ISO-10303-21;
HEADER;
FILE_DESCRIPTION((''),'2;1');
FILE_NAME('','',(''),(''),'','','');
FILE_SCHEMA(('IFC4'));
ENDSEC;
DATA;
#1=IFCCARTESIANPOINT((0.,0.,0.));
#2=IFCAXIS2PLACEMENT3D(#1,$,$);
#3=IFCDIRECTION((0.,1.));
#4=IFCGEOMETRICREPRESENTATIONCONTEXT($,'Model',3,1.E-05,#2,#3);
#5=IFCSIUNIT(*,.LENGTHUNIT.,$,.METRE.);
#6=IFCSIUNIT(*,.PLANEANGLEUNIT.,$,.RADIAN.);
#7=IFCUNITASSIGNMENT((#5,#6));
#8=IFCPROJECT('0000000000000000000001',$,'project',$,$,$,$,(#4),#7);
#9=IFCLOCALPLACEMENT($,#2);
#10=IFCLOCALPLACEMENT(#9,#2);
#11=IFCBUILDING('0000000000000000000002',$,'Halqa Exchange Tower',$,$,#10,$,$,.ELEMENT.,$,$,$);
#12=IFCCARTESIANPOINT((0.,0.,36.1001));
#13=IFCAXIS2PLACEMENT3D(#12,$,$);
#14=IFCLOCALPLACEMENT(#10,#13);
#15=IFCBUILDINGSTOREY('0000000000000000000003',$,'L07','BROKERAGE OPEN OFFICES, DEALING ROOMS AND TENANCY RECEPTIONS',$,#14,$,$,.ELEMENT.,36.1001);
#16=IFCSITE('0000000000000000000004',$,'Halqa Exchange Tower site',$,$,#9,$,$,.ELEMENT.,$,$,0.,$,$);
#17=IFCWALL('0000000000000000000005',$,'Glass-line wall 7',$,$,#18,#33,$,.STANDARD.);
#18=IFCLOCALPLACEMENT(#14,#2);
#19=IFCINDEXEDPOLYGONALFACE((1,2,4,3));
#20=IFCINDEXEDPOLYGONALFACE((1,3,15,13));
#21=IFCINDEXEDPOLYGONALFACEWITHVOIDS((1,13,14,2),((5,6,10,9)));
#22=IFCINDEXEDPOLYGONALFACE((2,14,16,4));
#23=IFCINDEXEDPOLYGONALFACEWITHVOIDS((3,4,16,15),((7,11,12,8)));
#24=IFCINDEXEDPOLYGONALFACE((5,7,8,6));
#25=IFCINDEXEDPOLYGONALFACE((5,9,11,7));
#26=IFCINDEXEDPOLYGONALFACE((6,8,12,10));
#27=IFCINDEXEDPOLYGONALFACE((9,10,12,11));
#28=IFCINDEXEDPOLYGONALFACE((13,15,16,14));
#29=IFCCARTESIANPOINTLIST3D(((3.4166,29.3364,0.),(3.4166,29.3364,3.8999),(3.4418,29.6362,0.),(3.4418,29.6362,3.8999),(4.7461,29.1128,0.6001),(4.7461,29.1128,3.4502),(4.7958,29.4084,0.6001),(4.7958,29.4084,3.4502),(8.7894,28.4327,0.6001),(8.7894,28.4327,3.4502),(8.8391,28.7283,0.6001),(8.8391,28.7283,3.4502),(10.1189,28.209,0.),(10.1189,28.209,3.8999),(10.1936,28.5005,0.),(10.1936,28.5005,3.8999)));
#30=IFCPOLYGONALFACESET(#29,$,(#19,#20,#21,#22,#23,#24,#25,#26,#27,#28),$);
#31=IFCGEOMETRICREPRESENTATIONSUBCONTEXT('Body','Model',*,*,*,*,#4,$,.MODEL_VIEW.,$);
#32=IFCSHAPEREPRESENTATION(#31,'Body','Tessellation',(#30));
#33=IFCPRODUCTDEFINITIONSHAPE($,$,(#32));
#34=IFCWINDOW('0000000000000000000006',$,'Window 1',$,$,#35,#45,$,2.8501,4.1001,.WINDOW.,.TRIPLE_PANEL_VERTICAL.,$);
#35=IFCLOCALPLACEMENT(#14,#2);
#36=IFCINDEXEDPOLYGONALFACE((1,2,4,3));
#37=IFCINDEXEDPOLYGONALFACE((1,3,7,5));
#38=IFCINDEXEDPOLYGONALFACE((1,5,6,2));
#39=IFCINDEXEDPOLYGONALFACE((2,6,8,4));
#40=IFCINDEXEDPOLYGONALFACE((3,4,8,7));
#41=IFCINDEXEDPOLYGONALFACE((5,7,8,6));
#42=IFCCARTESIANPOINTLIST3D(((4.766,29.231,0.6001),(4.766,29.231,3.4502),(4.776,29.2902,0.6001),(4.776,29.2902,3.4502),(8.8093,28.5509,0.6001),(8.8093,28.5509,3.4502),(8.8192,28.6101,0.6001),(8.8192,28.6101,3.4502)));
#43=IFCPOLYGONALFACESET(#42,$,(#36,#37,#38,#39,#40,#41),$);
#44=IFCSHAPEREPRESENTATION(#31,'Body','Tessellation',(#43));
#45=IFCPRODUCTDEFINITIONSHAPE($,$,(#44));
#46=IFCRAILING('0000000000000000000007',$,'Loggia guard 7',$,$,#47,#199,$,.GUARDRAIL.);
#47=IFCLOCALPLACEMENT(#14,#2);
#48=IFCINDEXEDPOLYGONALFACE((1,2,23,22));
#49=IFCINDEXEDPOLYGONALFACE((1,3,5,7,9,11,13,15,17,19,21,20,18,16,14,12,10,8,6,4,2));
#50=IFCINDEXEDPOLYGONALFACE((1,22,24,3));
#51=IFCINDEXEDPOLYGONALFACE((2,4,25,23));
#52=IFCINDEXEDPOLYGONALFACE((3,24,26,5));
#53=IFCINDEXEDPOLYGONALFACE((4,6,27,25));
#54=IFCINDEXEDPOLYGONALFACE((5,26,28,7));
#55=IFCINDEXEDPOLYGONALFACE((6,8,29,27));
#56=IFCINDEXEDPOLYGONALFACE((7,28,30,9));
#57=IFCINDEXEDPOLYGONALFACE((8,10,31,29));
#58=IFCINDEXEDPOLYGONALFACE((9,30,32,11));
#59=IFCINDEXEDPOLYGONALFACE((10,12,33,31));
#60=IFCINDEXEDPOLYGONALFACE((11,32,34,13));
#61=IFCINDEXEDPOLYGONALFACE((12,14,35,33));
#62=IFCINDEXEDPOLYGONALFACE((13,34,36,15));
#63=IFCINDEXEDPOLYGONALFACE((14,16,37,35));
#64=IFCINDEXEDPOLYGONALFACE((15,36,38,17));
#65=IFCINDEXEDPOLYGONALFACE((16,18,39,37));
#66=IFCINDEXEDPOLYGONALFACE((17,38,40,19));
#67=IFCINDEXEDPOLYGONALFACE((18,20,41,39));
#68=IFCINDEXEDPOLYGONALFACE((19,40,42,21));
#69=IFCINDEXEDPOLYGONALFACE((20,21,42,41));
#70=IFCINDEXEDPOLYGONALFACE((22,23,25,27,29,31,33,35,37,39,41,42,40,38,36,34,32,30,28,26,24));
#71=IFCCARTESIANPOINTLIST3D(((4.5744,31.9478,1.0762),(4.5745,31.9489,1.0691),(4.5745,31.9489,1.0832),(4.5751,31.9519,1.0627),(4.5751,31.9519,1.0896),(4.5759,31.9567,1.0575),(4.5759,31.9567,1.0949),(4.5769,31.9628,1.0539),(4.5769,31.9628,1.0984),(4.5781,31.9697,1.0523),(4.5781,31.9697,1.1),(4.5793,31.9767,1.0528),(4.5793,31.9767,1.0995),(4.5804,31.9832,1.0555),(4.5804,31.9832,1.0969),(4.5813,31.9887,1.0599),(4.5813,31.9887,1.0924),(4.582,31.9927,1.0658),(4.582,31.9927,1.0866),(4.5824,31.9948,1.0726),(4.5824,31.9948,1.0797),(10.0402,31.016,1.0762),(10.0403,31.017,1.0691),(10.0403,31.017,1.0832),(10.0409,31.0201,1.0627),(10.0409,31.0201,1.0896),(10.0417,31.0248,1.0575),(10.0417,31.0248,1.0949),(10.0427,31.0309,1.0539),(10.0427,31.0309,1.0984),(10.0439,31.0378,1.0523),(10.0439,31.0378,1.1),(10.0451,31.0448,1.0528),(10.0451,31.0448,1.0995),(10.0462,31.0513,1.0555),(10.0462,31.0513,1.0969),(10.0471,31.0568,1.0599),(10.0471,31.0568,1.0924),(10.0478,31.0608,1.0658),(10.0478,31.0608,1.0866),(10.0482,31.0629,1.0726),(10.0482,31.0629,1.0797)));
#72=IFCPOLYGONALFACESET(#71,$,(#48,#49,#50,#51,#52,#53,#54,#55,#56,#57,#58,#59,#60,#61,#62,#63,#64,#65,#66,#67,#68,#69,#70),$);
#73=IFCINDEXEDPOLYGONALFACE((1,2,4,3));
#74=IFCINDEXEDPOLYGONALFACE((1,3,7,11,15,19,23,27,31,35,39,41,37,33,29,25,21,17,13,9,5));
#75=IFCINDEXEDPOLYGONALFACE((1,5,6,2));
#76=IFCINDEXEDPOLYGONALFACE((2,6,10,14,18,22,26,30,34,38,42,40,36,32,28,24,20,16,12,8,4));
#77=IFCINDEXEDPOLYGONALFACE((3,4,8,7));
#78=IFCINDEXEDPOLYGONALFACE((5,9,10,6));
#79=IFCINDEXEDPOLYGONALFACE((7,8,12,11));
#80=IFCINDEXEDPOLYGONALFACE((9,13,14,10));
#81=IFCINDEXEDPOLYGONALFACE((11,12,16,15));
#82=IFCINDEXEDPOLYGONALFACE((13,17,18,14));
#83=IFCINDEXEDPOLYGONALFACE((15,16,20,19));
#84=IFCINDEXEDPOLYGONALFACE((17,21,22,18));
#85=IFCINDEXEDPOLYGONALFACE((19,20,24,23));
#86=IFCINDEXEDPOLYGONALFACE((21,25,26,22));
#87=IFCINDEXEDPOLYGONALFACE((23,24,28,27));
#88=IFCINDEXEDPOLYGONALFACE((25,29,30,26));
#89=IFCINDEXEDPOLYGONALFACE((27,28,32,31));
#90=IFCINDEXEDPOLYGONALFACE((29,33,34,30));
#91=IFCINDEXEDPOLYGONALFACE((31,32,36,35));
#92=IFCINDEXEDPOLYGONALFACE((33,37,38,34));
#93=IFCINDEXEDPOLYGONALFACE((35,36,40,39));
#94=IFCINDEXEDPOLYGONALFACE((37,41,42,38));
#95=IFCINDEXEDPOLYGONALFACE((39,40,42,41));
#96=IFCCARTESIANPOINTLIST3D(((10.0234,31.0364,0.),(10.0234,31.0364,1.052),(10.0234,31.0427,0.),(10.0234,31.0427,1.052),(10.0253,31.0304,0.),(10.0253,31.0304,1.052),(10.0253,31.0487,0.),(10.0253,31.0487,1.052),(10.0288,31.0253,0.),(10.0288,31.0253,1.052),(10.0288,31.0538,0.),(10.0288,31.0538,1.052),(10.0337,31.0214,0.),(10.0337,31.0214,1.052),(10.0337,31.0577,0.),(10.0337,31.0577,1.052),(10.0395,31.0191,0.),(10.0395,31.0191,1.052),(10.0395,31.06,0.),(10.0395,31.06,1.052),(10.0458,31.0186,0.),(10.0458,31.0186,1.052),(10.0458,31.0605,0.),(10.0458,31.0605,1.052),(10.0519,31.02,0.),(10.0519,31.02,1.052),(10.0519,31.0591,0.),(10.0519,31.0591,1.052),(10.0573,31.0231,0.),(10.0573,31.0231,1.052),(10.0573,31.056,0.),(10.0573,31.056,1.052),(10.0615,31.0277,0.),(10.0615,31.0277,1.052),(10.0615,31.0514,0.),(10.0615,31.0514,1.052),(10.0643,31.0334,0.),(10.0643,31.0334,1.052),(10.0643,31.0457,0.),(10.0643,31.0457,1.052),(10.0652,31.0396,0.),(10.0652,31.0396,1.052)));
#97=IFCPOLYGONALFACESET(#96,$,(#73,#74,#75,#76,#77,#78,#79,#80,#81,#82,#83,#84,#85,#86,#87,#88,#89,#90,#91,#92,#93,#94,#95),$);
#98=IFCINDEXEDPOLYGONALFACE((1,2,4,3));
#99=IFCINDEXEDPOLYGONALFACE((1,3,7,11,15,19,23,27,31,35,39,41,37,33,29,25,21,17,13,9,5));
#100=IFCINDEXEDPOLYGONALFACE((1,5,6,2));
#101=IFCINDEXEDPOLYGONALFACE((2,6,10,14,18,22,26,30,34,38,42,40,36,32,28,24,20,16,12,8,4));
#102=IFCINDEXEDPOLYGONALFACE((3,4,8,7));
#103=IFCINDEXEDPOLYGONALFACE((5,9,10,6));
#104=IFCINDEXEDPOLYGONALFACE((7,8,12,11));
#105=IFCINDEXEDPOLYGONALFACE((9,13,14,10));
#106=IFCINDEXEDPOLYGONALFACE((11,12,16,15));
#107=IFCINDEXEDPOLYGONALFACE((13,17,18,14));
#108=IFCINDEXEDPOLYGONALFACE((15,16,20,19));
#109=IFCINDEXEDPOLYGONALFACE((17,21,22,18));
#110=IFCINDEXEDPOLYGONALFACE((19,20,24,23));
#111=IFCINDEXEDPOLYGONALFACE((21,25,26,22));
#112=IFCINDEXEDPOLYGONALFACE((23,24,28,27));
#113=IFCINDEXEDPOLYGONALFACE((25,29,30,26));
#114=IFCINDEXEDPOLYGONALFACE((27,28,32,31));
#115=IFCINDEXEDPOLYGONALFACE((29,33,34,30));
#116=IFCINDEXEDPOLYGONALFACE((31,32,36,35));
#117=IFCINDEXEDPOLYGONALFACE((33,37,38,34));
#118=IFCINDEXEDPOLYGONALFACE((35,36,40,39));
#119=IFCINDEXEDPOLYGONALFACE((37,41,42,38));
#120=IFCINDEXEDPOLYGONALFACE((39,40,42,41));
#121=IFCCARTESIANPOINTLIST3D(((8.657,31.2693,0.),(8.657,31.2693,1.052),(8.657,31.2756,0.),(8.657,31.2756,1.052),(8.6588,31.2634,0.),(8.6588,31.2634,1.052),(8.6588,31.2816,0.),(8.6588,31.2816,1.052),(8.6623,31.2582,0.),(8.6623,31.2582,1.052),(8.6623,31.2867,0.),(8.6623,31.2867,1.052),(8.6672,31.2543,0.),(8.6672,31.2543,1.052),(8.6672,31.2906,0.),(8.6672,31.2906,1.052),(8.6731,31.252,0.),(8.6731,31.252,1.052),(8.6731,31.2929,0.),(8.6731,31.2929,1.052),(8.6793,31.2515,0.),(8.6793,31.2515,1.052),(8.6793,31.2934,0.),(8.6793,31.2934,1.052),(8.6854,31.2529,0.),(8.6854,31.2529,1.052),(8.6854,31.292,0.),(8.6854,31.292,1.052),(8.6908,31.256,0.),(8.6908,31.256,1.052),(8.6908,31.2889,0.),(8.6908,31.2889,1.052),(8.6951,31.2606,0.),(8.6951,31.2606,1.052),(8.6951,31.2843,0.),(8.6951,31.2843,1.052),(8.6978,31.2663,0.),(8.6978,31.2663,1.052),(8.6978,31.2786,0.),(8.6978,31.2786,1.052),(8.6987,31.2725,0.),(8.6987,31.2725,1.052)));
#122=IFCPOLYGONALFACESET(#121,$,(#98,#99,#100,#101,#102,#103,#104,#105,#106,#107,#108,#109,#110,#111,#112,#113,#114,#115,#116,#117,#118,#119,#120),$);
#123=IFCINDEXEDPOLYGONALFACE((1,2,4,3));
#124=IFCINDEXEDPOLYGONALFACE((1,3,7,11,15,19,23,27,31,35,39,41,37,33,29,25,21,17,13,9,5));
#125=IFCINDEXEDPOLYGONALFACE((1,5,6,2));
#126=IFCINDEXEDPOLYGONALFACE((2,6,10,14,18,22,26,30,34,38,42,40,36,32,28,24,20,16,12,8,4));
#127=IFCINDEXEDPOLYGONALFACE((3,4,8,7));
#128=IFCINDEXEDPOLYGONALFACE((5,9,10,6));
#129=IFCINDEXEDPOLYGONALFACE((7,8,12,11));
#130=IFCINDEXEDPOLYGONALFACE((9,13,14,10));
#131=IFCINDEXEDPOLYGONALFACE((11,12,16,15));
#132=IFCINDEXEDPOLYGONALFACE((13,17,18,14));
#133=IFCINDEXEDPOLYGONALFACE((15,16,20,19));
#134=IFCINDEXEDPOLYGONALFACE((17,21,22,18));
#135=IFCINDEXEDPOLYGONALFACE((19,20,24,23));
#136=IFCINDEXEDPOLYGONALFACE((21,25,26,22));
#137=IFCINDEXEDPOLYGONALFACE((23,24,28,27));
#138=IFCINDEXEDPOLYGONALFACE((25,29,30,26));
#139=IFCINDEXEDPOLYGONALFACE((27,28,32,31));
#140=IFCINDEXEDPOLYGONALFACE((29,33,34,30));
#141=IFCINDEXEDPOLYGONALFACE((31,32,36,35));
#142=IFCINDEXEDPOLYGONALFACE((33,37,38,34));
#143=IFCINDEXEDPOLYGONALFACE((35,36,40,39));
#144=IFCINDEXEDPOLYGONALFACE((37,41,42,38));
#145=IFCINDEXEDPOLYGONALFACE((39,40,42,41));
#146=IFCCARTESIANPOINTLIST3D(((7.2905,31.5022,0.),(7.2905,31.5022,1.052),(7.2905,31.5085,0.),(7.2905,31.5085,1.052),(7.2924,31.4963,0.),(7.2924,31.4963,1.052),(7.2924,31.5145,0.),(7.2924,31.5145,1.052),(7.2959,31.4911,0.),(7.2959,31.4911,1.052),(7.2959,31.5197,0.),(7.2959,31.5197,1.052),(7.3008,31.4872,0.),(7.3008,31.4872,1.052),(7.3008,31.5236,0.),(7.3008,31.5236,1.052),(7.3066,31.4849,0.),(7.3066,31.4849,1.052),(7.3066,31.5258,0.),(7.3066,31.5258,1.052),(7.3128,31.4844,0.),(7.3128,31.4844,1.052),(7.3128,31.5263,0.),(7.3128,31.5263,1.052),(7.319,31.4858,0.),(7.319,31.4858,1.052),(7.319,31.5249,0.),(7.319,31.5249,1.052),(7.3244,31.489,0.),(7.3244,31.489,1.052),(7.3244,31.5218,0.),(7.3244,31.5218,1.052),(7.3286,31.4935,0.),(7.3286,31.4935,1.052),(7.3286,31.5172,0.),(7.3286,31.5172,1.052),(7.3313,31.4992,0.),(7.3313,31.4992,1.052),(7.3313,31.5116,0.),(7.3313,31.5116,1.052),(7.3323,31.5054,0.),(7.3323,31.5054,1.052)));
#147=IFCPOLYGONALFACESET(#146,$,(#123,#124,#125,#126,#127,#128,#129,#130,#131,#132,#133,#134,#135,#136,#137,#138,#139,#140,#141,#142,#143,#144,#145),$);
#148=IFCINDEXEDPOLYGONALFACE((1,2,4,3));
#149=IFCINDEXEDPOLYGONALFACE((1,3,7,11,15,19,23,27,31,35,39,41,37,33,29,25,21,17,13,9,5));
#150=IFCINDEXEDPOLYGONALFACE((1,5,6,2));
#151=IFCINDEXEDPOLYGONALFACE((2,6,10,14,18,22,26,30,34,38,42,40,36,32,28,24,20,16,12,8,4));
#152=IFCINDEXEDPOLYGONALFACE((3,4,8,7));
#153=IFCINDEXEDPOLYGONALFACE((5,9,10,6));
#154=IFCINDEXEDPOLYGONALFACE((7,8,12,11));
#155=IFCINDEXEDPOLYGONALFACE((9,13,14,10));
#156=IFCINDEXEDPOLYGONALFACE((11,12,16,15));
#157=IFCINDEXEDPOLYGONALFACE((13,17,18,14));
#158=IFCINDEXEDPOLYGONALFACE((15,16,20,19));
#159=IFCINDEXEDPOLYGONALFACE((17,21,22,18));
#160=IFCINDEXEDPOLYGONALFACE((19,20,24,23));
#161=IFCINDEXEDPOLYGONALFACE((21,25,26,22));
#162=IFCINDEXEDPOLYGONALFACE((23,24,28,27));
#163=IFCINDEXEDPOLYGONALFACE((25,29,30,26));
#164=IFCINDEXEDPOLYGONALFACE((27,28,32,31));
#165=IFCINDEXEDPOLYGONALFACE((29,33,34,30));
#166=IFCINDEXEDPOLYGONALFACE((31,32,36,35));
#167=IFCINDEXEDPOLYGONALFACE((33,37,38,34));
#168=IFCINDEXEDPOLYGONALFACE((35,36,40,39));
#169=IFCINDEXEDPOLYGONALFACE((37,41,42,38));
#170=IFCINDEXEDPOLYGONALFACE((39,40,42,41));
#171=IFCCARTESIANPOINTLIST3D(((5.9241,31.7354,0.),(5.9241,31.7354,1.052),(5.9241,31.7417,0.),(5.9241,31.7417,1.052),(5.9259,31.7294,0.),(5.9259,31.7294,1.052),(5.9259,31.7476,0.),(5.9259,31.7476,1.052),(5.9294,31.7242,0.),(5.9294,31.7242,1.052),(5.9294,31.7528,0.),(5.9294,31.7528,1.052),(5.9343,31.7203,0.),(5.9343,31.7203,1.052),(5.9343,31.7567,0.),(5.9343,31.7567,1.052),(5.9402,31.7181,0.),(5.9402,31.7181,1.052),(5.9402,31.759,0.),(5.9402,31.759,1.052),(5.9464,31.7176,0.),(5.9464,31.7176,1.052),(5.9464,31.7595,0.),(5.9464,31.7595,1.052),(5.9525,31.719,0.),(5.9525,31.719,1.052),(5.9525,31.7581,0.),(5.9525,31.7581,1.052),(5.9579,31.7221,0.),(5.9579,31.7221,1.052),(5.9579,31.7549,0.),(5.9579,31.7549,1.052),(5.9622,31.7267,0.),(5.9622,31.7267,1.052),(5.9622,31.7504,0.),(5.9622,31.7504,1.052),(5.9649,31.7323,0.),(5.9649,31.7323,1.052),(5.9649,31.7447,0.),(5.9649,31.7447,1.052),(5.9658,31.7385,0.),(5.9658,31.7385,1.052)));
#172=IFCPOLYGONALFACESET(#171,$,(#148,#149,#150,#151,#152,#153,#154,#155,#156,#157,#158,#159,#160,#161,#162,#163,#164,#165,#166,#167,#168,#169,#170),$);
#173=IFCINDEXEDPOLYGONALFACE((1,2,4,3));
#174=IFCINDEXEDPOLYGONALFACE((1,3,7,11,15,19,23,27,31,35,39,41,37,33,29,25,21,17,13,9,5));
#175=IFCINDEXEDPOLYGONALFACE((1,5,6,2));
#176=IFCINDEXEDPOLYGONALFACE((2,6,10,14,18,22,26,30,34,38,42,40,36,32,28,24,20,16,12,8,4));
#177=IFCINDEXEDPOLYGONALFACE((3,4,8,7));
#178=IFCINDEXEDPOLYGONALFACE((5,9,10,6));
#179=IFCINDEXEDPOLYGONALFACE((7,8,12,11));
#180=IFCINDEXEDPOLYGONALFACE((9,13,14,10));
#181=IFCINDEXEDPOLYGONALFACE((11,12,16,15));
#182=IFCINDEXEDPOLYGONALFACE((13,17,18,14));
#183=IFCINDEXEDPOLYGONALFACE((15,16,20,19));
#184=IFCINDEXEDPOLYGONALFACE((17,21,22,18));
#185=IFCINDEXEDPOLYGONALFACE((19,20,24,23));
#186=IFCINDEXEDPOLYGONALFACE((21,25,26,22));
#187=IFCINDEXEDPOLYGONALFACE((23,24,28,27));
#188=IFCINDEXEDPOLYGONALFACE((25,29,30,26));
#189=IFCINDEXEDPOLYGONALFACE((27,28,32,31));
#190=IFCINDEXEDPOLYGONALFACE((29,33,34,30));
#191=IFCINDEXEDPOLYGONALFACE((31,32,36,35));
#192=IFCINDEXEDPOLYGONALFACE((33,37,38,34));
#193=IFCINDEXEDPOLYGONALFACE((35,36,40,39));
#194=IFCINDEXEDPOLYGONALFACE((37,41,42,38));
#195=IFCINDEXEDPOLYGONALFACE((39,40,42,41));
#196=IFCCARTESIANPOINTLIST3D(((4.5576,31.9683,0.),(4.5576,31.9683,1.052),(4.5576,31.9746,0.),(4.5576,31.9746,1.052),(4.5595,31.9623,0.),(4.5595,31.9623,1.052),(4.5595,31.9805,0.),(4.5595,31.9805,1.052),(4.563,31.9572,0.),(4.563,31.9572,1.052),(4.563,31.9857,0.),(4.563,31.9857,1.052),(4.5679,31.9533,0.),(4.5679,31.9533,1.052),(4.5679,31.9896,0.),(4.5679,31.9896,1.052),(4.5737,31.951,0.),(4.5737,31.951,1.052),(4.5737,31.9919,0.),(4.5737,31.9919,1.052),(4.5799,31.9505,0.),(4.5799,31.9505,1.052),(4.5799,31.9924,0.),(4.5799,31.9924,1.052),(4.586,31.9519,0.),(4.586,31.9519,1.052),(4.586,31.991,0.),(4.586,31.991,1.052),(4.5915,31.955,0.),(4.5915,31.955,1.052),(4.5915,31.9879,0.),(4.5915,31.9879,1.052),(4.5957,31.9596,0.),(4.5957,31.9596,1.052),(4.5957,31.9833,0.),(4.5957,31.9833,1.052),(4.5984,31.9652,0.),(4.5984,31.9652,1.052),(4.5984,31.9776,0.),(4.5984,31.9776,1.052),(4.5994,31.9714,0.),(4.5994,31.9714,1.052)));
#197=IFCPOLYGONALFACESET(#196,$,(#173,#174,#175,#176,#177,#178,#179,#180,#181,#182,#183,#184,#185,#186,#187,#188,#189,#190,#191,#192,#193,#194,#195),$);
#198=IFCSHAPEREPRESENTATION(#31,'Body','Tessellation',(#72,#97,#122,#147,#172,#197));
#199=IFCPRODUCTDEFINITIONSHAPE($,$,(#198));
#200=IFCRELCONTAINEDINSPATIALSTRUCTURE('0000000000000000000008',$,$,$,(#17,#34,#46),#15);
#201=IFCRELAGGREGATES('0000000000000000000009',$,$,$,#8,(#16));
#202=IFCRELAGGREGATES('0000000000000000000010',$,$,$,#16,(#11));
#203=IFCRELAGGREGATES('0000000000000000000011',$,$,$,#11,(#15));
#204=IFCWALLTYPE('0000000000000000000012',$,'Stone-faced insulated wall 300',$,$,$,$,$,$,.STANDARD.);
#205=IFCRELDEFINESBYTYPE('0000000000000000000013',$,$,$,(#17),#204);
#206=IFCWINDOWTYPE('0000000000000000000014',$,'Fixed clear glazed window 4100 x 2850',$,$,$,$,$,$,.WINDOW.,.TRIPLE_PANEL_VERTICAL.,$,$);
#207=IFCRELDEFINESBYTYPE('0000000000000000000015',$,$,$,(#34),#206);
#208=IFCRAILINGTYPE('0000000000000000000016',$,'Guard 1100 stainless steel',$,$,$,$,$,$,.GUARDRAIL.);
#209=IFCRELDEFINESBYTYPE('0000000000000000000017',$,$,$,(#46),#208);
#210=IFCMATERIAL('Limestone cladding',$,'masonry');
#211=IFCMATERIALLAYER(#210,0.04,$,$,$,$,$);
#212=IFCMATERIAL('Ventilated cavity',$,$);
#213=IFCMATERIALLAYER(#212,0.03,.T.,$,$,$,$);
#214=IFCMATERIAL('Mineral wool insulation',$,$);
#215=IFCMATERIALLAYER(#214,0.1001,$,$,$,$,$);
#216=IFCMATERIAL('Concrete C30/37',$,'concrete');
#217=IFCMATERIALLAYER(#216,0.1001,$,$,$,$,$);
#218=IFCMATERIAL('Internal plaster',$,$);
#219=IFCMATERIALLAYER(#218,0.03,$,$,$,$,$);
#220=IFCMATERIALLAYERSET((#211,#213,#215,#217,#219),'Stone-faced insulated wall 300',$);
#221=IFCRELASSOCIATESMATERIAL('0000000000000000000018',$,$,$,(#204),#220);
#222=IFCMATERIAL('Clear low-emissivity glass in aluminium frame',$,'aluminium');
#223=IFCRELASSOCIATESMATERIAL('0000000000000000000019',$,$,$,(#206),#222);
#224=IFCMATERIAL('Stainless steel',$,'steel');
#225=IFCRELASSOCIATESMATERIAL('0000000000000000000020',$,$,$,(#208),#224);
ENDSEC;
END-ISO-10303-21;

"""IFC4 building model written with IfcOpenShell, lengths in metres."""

from ifc_helpers import new_model, si_unit, direction, frame, frame_2d, origin, origin_2d, place, context, subcontext, project, spatial, polyline, rectangle, circle, outline, extrude, material, layer, layer_set, type_object, element, fill, save


model = new_model("IFC4")

# Units and contexts
model_context = context("Model", 3, precision=1e-05, world=origin(), true_north=direction((0.0, 1.0)))
body_context = subcontext(model_context, "Body", "Model", "MODEL_VIEW")
ifc_project = project(units=[si_unit("LENGTHUNIT", "METRE"), si_unit("PLANEANGLEUNIT", "RADIAN")], contexts=[model_context])

# Site, building, storey
site_placement = place(None, origin())
site = spatial("IfcSite", under=ifc_project, at=site_placement, Name="Halqa Exchange Tower site", CompositionType="ELEMENT", RefElevation=0.0)
building_placement = place(site_placement, origin())
building = spatial("IfcBuilding", under=site, at=building_placement, Name="Halqa Exchange Tower", CompositionType="ELEMENT")
storey_placement = place(building_placement, frame((0.0, 0.0, 36.1001)))
storey = spatial("IfcBuildingStorey", under=building, at=storey_placement, Name="L07", Description="BROKERAGE OPEN OFFICES, DEALING ROOMS AND TENANCY RECEPTIONS", CompositionType="ELEMENT", Elevation=36.1001)

# Shared definitions
ifc_material_1 = material(Name="Concrete C30/37", Category="concrete")

# Wall, opening, window
ifc_material_2 = material(Name="Limestone cladding", Category="masonry")
ifc_layer_1 = layer(ifc_material_2, 0.04)
ifc_material_3 = material(Name="Ventilated cavity")
ifc_layer_2 = layer(ifc_material_3, 0.03, ventilated=True)
ifc_material_4 = material(Name="Mineral wool insulation")
ifc_layer_3 = layer(ifc_material_4, 0.1001)
ifc_layer_4 = layer(ifc_material_1, 0.1001)
ifc_material_5 = material(Name="Internal plaster")
ifc_layer_5 = layer(ifc_material_5, 0.03)
ifc_layer_set_1 = layer_set([ifc_layer_1, ifc_layer_2, ifc_layer_3, ifc_layer_4, ifc_layer_5], Name="Stone-faced insulated wall 300")
wall_type_1 = type_object("IfcWallType", Name="Stone-faced insulated wall 300", PredefinedType="STANDARD", material=ifc_layer_set_1)
wall_1_placement = place(storey_placement, frame((10.1562, 28.3547, 0.0), z_axis=(0.0, 0.0, 1.0), x_axis=(-0.986145, 0.165885, 0.0)))
wall_1 = element("IfcWall", 1, at=wall_1_placement, inside=storey, type_object=wall_type_1, Name="Glass-line wall 7", PredefinedType="STANDARD", context=body_context, shape_type="SweptSolid", body=[
    extrude(outline(polyline([(-0.0127, -0.1499), (6.834, -0.1499), (6.8091, 0.1499), (0.0127, 0.1499), (-0.0127, -0.1499)])), origin(), (0.0, 0.0, 1.0), 3.8999),
])
opening_1_placement = place(wall_1_placement, frame((1.3608, 0.0, 0.6001)))
opening_1 = element("IfcOpeningElement", 2, at=opening_1_placement, cuts=wall_1, PredefinedType="OPENING", context=body_context, shape_type="SweptSolid", body=[
    extrude(rectangle(XDim=4.1001, YDim=2.8501, at=frame_2d((2.05, 1.425))), frame((0.0, 0.1621, 0.0), z_axis=(0.0, -1.0, 0.0), x_axis=(1.0, 0.0, 0.0)), (0.0, 0.0, 1.0), 0.324),
])
ifc_material_6 = material(Name="Clear low-emissivity glass in aluminium frame", Category="aluminium")
window_type = type_object("IfcWindowType", Name="Fixed clear glazed window 4100 x 2850", PartitioningType="TRIPLE_PANEL_VERTICAL", PredefinedType="WINDOW", material=ifc_material_6)
window_placement = place(opening_1_placement, origin())
window = element("IfcWindow", 3, at=window_placement, inside=storey, type_object=window_type, Name="Window 1", OverallHeight=2.8501, OverallWidth=4.1001, PartitioningType="TRIPLE_PANEL_VERTICAL", PredefinedType="WINDOW", context=body_context, shape_type="SweptSolid", body=[
    extrude(rectangle(XDim=4.1001, YDim=2.8501, at=frame_2d((2.05, 1.425))), frame((0.0, 0.03, 0.0), z_axis=(0.0, -1.0, 0.0), x_axis=(1.0, 0.0, 0.0)), (0.0, 0.0, 1.0), 0.0601),
])
fill(opening_1, window)

# Railing
ifc_material_7 = material(Name="Stainless steel", Category="steel")
railing_type_1 = type_object("IfcRailingType", Name="Guard 1100 stainless steel", PredefinedType="GUARDRAIL", material=ifc_material_7)
railing_1_placement = place(storey_placement, frame((10.0442, 31.0396, 0.0)))
element("IfcRailing", 4, at=railing_1_placement, inside=storey, type_object=railing_type_1, Name="Loggia guard 7", PredefinedType="GUARDRAIL", context=body_context, shape_type="SweptSolid", body=[
    extrude(circle(Radius=0.0239, at=origin_2d()), frame((0.0, 0.0, 1.0762), z_axis=(-0.985775, 0.168068, 0.0), x_axis=(-0.168068, -0.985775, 0.0)), (0.0, 0.0, 1.0), 5.5447),
    extrude(circle(Radius=0.021, at=origin_2d()), origin(), (0.0, 0.0, 1.0), 1.052),
    extrude(circle(Radius=0.021, at=origin_2d()), frame((-1.3665, 0.2329, 0.0)), (0.0, 0.0, 1.0), 1.052),
    extrude(circle(Radius=0.021, at=origin_2d()), frame((-2.7329, 0.4658, 0.0)), (0.0, 0.0, 1.0), 1.052),
    extrude(circle(Radius=0.021, at=origin_2d()), frame((-4.0994, 0.699, 0.0)), (0.0, 0.0, 1.0), 1.052),
    extrude(circle(Radius=0.021, at=origin_2d()), frame((-5.4658, 0.9319, 0.0)), (0.0, 0.0, 1.0), 1.052),
])

save(model, "model.ifc")
